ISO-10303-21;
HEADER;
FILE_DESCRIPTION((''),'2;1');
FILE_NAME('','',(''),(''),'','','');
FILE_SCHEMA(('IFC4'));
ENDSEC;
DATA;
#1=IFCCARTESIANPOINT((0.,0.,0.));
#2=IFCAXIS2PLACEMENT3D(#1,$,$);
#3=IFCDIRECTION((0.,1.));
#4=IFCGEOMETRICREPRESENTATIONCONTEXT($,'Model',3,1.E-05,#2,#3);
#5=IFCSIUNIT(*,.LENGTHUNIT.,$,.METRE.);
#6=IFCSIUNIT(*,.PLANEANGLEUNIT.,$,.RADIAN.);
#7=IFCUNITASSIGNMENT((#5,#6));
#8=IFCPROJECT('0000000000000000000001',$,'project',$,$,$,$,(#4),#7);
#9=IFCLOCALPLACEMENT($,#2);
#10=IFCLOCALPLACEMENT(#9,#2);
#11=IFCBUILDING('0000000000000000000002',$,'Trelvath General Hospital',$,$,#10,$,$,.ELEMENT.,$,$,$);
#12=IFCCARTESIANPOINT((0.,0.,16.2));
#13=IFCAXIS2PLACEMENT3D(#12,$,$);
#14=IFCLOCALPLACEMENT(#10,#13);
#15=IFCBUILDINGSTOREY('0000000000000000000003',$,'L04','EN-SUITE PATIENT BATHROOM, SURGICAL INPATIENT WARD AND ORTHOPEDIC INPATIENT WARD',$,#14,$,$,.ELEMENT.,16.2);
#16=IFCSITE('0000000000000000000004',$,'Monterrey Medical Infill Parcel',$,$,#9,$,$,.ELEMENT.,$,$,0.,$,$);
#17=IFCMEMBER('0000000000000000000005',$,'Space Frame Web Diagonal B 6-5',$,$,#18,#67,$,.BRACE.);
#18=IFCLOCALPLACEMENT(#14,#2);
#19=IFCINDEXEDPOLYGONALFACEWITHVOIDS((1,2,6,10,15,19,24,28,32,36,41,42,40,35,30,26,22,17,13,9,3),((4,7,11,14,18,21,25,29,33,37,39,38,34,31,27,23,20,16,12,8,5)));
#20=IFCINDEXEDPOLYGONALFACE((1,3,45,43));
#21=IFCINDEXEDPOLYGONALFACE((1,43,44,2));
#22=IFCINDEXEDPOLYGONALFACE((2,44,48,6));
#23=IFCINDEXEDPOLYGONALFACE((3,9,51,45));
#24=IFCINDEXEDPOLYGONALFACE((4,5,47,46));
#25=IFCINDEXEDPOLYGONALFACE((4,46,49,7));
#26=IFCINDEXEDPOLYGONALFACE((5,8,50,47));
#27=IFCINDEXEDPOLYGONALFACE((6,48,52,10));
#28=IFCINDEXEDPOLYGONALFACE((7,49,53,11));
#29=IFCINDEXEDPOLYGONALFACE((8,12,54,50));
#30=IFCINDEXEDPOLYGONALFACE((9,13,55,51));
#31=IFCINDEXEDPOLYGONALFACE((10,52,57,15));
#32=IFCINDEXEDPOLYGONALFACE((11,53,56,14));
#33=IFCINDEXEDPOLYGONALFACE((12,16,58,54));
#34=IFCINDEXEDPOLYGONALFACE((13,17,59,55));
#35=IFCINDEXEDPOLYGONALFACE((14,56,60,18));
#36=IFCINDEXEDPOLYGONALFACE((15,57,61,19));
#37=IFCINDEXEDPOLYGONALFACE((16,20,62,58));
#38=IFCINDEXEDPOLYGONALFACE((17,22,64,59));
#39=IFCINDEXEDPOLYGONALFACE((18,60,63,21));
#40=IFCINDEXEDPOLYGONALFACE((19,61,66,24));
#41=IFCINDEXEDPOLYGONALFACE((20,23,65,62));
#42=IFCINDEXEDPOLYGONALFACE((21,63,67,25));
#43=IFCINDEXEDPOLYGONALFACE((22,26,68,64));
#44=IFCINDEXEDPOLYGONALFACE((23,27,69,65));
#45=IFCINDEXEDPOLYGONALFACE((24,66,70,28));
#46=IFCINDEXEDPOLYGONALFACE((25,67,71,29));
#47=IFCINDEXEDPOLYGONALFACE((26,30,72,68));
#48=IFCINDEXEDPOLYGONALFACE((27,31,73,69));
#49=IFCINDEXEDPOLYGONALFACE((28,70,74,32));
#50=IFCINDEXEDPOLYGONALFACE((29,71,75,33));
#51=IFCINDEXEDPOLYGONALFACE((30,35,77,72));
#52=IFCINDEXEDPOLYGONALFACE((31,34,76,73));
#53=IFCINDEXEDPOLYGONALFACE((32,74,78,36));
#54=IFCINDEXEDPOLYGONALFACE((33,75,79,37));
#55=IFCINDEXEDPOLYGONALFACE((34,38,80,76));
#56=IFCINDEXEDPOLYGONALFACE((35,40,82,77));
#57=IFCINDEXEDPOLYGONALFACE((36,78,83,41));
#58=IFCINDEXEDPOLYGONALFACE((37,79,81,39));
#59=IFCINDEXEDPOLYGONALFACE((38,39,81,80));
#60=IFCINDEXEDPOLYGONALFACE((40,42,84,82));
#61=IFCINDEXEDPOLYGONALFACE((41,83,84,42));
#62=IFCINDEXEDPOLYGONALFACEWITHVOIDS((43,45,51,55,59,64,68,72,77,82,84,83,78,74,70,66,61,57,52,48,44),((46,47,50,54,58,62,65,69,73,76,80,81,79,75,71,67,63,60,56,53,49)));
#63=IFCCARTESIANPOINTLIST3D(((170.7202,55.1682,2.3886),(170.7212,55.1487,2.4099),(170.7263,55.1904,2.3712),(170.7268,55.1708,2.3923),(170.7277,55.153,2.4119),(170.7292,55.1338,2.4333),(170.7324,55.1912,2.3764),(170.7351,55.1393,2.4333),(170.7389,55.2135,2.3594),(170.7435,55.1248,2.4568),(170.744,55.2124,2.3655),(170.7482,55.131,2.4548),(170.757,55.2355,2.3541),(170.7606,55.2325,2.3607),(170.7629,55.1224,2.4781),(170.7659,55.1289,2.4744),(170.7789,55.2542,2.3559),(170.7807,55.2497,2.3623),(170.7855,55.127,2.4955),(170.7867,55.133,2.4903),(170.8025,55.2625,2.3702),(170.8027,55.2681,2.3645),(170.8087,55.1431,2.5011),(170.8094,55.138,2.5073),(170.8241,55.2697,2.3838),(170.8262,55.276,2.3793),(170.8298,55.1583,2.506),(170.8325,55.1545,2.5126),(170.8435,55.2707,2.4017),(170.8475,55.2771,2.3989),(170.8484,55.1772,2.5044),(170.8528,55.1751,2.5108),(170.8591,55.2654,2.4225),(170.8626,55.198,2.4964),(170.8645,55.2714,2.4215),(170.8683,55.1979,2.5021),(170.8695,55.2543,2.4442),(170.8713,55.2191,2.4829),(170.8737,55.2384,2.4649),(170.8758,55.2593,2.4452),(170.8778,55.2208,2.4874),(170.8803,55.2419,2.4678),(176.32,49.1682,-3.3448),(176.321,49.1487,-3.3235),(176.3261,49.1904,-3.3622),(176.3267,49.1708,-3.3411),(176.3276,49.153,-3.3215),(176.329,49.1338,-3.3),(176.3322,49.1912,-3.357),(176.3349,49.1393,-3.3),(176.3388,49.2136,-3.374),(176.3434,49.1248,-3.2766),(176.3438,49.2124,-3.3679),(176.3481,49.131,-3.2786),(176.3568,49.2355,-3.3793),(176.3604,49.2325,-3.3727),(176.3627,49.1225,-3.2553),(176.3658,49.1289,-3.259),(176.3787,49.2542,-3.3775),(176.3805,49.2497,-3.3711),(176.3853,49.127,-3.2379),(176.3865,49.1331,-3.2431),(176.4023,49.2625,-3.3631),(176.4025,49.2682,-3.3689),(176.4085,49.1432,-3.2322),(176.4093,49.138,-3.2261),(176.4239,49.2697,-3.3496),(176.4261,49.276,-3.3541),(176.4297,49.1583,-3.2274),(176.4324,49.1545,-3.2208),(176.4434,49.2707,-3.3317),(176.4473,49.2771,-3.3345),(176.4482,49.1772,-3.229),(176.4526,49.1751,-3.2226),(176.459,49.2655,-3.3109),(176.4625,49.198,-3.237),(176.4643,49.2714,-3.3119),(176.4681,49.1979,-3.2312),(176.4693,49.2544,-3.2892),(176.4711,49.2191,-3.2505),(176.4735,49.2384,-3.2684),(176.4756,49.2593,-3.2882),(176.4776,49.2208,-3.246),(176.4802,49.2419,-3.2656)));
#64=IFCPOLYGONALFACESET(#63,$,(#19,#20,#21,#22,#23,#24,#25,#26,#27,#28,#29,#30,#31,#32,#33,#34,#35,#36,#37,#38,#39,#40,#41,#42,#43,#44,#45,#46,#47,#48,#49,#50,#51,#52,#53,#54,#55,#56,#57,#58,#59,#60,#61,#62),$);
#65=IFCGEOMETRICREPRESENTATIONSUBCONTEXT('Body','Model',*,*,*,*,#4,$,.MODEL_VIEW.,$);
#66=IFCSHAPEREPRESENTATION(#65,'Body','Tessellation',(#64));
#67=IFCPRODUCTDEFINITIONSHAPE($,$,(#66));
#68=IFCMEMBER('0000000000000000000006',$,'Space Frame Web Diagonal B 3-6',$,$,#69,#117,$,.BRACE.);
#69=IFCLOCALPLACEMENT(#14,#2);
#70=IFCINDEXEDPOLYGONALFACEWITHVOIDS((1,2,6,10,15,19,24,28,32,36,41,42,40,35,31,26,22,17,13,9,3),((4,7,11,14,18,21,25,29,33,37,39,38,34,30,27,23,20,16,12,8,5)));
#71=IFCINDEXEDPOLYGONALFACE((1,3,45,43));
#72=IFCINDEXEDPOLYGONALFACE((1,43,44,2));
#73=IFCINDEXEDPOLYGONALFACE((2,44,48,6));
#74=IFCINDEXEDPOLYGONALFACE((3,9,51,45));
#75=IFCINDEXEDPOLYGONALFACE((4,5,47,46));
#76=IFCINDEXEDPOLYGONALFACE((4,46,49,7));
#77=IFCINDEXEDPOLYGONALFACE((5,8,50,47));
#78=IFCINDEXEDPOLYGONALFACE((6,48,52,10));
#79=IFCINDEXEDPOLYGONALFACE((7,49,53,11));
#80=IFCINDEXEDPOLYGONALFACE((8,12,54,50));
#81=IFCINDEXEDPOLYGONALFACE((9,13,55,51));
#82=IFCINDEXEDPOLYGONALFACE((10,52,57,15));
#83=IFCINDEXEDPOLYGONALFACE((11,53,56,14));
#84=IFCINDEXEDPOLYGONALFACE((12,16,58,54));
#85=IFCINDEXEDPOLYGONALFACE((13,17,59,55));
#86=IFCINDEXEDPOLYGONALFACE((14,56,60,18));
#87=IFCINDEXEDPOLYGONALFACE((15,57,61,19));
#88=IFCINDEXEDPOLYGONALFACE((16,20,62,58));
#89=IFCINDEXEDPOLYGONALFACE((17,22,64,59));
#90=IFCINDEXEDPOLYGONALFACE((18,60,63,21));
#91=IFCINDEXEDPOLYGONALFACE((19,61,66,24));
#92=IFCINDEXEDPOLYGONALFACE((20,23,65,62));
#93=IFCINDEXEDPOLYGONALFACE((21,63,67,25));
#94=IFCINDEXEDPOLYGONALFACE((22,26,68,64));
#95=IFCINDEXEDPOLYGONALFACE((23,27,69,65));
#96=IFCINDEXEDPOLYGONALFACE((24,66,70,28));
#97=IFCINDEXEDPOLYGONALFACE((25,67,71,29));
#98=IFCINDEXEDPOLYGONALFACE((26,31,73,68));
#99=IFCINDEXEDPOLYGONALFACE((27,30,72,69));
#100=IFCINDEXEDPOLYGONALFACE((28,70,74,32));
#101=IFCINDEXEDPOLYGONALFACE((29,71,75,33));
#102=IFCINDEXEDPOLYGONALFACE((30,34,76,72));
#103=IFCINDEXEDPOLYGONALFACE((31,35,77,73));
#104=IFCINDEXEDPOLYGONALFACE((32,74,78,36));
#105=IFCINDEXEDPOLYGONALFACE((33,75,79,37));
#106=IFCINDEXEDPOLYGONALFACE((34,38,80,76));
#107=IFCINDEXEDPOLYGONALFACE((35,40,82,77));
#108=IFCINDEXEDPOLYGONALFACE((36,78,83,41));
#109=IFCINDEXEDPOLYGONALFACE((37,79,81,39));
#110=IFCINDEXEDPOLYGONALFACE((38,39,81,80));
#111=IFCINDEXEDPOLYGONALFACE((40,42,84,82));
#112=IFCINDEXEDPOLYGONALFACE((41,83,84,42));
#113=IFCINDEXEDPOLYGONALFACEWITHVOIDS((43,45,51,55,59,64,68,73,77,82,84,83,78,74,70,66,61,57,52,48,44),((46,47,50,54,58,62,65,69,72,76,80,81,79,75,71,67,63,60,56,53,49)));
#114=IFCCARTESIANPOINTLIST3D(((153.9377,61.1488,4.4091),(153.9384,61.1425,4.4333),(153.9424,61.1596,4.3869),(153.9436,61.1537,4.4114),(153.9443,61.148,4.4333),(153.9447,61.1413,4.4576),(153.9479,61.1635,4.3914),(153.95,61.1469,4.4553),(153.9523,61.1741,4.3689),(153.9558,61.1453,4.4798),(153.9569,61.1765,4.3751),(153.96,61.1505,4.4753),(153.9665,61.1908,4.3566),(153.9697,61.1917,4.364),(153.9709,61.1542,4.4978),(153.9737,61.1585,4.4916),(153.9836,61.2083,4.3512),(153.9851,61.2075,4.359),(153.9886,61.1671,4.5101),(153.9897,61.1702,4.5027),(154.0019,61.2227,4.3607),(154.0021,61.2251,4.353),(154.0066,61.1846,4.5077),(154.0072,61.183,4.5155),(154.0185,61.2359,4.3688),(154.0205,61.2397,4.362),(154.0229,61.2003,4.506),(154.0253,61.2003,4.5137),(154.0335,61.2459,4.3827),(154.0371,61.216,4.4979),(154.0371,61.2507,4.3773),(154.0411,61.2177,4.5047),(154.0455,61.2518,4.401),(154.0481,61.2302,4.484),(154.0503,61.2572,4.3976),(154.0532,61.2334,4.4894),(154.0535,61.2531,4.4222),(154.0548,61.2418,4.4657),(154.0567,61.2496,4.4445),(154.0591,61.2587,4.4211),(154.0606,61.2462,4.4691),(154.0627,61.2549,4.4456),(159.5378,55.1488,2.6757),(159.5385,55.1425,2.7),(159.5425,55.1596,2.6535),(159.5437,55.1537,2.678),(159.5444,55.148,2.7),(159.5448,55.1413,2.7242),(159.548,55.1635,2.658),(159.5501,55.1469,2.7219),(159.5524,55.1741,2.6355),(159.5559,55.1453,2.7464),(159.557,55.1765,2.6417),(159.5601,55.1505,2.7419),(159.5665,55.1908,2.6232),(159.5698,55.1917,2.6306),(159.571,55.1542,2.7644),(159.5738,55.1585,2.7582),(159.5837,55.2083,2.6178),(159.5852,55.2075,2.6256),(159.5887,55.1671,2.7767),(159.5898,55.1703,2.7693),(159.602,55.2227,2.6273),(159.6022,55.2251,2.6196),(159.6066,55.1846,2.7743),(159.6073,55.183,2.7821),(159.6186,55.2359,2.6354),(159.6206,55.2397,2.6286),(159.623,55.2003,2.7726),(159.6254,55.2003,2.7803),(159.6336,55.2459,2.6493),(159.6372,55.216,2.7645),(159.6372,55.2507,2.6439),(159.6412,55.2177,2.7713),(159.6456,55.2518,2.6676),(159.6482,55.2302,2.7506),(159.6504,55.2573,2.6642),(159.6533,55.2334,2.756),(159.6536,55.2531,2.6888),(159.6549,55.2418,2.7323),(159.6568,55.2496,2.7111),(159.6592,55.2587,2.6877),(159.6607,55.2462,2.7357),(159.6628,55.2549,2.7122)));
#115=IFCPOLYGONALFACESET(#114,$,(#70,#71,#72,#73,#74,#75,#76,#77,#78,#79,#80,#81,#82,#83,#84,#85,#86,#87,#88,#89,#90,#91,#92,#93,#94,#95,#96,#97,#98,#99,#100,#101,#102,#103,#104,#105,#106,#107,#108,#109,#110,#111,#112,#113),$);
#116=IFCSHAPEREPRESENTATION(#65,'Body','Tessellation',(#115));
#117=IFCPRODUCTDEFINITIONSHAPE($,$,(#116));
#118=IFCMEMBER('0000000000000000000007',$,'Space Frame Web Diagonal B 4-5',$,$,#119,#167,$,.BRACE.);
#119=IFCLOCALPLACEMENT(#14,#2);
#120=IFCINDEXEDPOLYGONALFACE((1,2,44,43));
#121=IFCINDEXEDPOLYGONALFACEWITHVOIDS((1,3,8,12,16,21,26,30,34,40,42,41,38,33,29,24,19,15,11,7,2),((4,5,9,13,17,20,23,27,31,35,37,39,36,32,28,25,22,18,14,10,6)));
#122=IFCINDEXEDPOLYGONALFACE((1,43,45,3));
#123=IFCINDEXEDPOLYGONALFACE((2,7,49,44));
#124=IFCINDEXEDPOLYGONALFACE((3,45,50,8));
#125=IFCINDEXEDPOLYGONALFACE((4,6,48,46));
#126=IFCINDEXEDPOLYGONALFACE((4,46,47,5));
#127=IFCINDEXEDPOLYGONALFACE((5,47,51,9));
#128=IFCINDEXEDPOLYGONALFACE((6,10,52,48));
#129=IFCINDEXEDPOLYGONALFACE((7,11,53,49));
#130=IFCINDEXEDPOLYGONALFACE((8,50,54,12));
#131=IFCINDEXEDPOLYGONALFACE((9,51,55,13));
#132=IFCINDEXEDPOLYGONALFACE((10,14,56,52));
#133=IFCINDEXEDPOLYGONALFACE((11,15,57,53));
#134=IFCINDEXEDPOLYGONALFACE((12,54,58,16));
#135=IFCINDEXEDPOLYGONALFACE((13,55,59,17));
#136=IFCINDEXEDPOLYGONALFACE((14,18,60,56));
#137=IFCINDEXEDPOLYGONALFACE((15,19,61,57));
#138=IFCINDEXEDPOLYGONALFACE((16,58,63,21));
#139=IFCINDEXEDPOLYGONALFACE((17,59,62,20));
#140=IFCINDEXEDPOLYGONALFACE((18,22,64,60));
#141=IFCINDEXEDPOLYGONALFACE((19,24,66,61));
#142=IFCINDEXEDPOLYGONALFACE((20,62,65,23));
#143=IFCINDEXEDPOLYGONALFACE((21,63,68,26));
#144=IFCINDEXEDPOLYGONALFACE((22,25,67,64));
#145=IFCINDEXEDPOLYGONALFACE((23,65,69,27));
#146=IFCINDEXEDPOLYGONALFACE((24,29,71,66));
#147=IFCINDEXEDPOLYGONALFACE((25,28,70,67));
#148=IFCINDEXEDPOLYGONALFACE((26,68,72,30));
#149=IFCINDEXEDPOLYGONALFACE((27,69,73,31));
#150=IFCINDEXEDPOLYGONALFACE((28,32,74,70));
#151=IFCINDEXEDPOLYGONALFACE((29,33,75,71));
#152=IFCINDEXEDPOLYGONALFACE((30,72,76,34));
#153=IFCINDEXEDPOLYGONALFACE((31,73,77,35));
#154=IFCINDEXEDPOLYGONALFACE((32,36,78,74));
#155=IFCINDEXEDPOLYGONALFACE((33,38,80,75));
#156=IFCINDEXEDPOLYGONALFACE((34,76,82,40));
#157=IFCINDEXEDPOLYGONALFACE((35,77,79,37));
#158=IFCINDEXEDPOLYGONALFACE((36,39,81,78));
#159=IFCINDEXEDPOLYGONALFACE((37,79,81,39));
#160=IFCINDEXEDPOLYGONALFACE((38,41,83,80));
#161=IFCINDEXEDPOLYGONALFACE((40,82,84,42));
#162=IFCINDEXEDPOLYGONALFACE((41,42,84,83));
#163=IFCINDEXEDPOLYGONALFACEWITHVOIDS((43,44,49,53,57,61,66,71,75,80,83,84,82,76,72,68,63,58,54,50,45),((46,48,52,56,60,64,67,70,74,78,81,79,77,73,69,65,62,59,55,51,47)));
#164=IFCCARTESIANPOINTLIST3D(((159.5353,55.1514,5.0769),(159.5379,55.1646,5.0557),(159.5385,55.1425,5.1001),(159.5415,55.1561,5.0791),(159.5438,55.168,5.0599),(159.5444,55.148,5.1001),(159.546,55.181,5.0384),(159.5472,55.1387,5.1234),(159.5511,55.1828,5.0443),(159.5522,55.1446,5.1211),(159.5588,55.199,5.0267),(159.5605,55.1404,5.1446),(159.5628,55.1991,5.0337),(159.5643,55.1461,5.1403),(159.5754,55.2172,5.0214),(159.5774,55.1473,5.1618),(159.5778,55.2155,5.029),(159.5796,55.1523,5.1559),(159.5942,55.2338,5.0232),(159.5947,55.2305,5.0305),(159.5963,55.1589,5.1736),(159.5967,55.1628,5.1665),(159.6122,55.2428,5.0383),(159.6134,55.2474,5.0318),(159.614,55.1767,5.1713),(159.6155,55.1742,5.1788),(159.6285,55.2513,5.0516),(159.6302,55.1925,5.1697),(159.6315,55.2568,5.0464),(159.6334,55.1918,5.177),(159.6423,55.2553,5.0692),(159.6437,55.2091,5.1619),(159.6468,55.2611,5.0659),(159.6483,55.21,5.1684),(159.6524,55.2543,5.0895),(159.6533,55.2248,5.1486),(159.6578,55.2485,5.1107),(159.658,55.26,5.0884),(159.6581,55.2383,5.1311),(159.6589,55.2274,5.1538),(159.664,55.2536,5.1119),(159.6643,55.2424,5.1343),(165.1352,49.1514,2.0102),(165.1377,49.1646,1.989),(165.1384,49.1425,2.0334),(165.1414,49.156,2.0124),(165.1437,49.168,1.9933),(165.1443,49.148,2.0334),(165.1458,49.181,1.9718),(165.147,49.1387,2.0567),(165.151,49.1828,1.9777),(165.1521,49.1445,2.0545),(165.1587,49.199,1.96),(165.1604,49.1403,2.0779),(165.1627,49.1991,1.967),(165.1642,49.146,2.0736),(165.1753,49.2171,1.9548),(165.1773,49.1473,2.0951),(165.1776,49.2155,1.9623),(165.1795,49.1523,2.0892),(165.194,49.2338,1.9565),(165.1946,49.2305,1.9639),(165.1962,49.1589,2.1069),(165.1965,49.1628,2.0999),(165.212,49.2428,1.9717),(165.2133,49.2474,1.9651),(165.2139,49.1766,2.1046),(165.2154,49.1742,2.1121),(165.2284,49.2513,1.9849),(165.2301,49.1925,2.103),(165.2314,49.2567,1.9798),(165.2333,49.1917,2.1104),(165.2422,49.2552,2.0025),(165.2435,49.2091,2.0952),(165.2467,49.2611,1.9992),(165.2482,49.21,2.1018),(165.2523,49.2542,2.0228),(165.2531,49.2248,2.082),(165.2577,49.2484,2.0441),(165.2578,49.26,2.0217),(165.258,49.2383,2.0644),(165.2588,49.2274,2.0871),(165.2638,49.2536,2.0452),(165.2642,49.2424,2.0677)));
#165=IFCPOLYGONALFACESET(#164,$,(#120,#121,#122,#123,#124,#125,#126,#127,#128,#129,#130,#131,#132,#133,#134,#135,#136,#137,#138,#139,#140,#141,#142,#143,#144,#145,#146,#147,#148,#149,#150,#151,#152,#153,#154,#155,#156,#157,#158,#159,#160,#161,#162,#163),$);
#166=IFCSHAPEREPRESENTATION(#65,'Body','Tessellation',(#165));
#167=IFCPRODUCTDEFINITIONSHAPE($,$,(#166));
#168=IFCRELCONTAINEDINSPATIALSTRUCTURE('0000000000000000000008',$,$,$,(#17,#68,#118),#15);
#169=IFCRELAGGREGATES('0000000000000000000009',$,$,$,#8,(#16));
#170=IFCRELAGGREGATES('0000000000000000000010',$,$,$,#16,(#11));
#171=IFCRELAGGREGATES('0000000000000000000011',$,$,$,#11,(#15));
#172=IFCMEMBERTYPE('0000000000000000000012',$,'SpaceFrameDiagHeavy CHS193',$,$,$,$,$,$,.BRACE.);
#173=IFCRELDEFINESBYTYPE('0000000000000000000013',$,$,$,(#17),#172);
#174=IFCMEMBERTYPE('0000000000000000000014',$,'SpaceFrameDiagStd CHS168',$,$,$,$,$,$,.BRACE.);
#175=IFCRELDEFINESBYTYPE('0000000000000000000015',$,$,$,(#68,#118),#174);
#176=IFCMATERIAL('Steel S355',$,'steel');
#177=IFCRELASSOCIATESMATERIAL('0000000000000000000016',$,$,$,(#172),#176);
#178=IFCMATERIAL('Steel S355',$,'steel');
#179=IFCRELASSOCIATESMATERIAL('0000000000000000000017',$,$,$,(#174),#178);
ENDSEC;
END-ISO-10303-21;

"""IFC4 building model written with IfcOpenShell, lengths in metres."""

from ifc_helpers import new_model, si_unit, direction, frame, origin, origin_2d, place, context, subcontext, project, spatial, hollow_circle, extrude, material, material_profile, profile_set, type_object, element, save


model = new_model("IFC4")

# Units and contexts
model_context = context("Model", 3, precision=1e-05, world=origin(), true_north=direction((0.0, 1.0)))
body_context = subcontext(model_context, "Body", "Model", "MODEL_VIEW")
ifc_project = project(units=[si_unit("LENGTHUNIT", "METRE"), si_unit("PLANEANGLEUNIT", "RADIAN")], contexts=[model_context])

# Site, building, storey
site_placement = place(None, origin())
site = spatial("IfcSite", under=ifc_project, at=site_placement, Name="Monterrey Medical Infill Parcel", CompositionType="ELEMENT", RefElevation=0.0)
building_placement = place(site_placement, origin())
building = spatial("IfcBuilding", under=site, at=building_placement, Name="Trelvath General Hospital", CompositionType="ELEMENT")
storey_placement = place(building_placement, frame((0.0, 0.0, 16.2)))
storey = spatial("IfcBuildingStorey", under=building, at=storey_placement, Name="L04", Description="EN-SUITE PATIENT BATHROOM, SURGICAL INPATIENT WARD AND ORTHOPEDIC INPATIENT WARD", CompositionType="ELEMENT", Elevation=16.2)

# Members
ifc_material_1 = material(Name="Steel S355", Category="steel")
ifc_material_profile_1 = material_profile(ifc_material_1, hollow_circle(Radius=0.0969, WallThickness=0.0081, at=origin_2d()), Name="CHS193.7x8.0")
ifc_profile_set_1 = profile_set([ifc_material_profile_1], Name="Steel S355")
member_type_1 = type_object("IfcMemberType", Name="SpaceFrameDiagHeavy CHS193", PredefinedType="BRACE", material=ifc_profile_set_1)
member_1_placement = place(storey_placement, frame((176.3999, 49.2, -3.3), z_axis=(-0.559342, 0.599311, 0.572681), x_axis=(-0.731064, -0.682309, 0.0)))
element("IfcMember", 1, at=member_1_placement, inside=storey, type_object=member_type_1, Name="Space Frame Web Diagonal B 6-5", PredefinedType="BRACE", context=body_context, shape_type="SweptSolid", body=[
    extrude(hollow_circle(Radius=0.0969, WallThickness=0.0081, at=origin_2d()), origin(), (0.0, 0.0, 1.0), 10.0115),
])
ifc_material_2 = material(Name="Steel S355", Category="steel")
ifc_material_profile_2 = material_profile(ifc_material_2, hollow_circle(Radius=0.0842, WallThickness=0.0081, at=origin_2d()), Name="CHS168.3x8.0")
ifc_profile_set_2 = profile_set([ifc_material_profile_2], Name="Steel S355")
member_type_2 = type_object("IfcMemberType", Name="SpaceFrameDiagStd CHS168", PredefinedType="BRACE", material=ifc_profile_set_2)
member_2_placement = place(storey_placement, frame((159.6001, 55.2, 2.7), z_axis=(-0.667598, 0.715271, 0.206642), x_axis=(-0.731049, -0.682325, 0.0)))
element("IfcMember", 2, at=member_2_placement, inside=storey, type_object=member_type_2, Name="Space Frame Web Diagonal B 3-6", PredefinedType="BRACE", context=body_context, shape_type="SweptSolid", body=[
    extrude(hollow_circle(Radius=0.0842, WallThickness=0.0081, at=origin_2d()), origin(), (0.0, 0.0, 1.0), 8.3884),
])
member_3_placement = place(storey_placement, frame((165.2, 49.2, 2.0334), z_axis=(-0.639148, 0.684819, 0.350017), x_axis=(-0.731064, -0.682309, 0.0)))
element("IfcMember", 3, at=member_3_placement, inside=storey, type_object=member_type_2, Name="Space Frame Web Diagonal B 4-5", PredefinedType="BRACE", context=body_context, shape_type="SweptSolid", body=[
    extrude(hollow_circle(Radius=0.0842, WallThickness=0.0081, at=origin_2d()), origin(), (0.0, 0.0, 1.0), 8.7615),
])

save(model, "model.ifc")
